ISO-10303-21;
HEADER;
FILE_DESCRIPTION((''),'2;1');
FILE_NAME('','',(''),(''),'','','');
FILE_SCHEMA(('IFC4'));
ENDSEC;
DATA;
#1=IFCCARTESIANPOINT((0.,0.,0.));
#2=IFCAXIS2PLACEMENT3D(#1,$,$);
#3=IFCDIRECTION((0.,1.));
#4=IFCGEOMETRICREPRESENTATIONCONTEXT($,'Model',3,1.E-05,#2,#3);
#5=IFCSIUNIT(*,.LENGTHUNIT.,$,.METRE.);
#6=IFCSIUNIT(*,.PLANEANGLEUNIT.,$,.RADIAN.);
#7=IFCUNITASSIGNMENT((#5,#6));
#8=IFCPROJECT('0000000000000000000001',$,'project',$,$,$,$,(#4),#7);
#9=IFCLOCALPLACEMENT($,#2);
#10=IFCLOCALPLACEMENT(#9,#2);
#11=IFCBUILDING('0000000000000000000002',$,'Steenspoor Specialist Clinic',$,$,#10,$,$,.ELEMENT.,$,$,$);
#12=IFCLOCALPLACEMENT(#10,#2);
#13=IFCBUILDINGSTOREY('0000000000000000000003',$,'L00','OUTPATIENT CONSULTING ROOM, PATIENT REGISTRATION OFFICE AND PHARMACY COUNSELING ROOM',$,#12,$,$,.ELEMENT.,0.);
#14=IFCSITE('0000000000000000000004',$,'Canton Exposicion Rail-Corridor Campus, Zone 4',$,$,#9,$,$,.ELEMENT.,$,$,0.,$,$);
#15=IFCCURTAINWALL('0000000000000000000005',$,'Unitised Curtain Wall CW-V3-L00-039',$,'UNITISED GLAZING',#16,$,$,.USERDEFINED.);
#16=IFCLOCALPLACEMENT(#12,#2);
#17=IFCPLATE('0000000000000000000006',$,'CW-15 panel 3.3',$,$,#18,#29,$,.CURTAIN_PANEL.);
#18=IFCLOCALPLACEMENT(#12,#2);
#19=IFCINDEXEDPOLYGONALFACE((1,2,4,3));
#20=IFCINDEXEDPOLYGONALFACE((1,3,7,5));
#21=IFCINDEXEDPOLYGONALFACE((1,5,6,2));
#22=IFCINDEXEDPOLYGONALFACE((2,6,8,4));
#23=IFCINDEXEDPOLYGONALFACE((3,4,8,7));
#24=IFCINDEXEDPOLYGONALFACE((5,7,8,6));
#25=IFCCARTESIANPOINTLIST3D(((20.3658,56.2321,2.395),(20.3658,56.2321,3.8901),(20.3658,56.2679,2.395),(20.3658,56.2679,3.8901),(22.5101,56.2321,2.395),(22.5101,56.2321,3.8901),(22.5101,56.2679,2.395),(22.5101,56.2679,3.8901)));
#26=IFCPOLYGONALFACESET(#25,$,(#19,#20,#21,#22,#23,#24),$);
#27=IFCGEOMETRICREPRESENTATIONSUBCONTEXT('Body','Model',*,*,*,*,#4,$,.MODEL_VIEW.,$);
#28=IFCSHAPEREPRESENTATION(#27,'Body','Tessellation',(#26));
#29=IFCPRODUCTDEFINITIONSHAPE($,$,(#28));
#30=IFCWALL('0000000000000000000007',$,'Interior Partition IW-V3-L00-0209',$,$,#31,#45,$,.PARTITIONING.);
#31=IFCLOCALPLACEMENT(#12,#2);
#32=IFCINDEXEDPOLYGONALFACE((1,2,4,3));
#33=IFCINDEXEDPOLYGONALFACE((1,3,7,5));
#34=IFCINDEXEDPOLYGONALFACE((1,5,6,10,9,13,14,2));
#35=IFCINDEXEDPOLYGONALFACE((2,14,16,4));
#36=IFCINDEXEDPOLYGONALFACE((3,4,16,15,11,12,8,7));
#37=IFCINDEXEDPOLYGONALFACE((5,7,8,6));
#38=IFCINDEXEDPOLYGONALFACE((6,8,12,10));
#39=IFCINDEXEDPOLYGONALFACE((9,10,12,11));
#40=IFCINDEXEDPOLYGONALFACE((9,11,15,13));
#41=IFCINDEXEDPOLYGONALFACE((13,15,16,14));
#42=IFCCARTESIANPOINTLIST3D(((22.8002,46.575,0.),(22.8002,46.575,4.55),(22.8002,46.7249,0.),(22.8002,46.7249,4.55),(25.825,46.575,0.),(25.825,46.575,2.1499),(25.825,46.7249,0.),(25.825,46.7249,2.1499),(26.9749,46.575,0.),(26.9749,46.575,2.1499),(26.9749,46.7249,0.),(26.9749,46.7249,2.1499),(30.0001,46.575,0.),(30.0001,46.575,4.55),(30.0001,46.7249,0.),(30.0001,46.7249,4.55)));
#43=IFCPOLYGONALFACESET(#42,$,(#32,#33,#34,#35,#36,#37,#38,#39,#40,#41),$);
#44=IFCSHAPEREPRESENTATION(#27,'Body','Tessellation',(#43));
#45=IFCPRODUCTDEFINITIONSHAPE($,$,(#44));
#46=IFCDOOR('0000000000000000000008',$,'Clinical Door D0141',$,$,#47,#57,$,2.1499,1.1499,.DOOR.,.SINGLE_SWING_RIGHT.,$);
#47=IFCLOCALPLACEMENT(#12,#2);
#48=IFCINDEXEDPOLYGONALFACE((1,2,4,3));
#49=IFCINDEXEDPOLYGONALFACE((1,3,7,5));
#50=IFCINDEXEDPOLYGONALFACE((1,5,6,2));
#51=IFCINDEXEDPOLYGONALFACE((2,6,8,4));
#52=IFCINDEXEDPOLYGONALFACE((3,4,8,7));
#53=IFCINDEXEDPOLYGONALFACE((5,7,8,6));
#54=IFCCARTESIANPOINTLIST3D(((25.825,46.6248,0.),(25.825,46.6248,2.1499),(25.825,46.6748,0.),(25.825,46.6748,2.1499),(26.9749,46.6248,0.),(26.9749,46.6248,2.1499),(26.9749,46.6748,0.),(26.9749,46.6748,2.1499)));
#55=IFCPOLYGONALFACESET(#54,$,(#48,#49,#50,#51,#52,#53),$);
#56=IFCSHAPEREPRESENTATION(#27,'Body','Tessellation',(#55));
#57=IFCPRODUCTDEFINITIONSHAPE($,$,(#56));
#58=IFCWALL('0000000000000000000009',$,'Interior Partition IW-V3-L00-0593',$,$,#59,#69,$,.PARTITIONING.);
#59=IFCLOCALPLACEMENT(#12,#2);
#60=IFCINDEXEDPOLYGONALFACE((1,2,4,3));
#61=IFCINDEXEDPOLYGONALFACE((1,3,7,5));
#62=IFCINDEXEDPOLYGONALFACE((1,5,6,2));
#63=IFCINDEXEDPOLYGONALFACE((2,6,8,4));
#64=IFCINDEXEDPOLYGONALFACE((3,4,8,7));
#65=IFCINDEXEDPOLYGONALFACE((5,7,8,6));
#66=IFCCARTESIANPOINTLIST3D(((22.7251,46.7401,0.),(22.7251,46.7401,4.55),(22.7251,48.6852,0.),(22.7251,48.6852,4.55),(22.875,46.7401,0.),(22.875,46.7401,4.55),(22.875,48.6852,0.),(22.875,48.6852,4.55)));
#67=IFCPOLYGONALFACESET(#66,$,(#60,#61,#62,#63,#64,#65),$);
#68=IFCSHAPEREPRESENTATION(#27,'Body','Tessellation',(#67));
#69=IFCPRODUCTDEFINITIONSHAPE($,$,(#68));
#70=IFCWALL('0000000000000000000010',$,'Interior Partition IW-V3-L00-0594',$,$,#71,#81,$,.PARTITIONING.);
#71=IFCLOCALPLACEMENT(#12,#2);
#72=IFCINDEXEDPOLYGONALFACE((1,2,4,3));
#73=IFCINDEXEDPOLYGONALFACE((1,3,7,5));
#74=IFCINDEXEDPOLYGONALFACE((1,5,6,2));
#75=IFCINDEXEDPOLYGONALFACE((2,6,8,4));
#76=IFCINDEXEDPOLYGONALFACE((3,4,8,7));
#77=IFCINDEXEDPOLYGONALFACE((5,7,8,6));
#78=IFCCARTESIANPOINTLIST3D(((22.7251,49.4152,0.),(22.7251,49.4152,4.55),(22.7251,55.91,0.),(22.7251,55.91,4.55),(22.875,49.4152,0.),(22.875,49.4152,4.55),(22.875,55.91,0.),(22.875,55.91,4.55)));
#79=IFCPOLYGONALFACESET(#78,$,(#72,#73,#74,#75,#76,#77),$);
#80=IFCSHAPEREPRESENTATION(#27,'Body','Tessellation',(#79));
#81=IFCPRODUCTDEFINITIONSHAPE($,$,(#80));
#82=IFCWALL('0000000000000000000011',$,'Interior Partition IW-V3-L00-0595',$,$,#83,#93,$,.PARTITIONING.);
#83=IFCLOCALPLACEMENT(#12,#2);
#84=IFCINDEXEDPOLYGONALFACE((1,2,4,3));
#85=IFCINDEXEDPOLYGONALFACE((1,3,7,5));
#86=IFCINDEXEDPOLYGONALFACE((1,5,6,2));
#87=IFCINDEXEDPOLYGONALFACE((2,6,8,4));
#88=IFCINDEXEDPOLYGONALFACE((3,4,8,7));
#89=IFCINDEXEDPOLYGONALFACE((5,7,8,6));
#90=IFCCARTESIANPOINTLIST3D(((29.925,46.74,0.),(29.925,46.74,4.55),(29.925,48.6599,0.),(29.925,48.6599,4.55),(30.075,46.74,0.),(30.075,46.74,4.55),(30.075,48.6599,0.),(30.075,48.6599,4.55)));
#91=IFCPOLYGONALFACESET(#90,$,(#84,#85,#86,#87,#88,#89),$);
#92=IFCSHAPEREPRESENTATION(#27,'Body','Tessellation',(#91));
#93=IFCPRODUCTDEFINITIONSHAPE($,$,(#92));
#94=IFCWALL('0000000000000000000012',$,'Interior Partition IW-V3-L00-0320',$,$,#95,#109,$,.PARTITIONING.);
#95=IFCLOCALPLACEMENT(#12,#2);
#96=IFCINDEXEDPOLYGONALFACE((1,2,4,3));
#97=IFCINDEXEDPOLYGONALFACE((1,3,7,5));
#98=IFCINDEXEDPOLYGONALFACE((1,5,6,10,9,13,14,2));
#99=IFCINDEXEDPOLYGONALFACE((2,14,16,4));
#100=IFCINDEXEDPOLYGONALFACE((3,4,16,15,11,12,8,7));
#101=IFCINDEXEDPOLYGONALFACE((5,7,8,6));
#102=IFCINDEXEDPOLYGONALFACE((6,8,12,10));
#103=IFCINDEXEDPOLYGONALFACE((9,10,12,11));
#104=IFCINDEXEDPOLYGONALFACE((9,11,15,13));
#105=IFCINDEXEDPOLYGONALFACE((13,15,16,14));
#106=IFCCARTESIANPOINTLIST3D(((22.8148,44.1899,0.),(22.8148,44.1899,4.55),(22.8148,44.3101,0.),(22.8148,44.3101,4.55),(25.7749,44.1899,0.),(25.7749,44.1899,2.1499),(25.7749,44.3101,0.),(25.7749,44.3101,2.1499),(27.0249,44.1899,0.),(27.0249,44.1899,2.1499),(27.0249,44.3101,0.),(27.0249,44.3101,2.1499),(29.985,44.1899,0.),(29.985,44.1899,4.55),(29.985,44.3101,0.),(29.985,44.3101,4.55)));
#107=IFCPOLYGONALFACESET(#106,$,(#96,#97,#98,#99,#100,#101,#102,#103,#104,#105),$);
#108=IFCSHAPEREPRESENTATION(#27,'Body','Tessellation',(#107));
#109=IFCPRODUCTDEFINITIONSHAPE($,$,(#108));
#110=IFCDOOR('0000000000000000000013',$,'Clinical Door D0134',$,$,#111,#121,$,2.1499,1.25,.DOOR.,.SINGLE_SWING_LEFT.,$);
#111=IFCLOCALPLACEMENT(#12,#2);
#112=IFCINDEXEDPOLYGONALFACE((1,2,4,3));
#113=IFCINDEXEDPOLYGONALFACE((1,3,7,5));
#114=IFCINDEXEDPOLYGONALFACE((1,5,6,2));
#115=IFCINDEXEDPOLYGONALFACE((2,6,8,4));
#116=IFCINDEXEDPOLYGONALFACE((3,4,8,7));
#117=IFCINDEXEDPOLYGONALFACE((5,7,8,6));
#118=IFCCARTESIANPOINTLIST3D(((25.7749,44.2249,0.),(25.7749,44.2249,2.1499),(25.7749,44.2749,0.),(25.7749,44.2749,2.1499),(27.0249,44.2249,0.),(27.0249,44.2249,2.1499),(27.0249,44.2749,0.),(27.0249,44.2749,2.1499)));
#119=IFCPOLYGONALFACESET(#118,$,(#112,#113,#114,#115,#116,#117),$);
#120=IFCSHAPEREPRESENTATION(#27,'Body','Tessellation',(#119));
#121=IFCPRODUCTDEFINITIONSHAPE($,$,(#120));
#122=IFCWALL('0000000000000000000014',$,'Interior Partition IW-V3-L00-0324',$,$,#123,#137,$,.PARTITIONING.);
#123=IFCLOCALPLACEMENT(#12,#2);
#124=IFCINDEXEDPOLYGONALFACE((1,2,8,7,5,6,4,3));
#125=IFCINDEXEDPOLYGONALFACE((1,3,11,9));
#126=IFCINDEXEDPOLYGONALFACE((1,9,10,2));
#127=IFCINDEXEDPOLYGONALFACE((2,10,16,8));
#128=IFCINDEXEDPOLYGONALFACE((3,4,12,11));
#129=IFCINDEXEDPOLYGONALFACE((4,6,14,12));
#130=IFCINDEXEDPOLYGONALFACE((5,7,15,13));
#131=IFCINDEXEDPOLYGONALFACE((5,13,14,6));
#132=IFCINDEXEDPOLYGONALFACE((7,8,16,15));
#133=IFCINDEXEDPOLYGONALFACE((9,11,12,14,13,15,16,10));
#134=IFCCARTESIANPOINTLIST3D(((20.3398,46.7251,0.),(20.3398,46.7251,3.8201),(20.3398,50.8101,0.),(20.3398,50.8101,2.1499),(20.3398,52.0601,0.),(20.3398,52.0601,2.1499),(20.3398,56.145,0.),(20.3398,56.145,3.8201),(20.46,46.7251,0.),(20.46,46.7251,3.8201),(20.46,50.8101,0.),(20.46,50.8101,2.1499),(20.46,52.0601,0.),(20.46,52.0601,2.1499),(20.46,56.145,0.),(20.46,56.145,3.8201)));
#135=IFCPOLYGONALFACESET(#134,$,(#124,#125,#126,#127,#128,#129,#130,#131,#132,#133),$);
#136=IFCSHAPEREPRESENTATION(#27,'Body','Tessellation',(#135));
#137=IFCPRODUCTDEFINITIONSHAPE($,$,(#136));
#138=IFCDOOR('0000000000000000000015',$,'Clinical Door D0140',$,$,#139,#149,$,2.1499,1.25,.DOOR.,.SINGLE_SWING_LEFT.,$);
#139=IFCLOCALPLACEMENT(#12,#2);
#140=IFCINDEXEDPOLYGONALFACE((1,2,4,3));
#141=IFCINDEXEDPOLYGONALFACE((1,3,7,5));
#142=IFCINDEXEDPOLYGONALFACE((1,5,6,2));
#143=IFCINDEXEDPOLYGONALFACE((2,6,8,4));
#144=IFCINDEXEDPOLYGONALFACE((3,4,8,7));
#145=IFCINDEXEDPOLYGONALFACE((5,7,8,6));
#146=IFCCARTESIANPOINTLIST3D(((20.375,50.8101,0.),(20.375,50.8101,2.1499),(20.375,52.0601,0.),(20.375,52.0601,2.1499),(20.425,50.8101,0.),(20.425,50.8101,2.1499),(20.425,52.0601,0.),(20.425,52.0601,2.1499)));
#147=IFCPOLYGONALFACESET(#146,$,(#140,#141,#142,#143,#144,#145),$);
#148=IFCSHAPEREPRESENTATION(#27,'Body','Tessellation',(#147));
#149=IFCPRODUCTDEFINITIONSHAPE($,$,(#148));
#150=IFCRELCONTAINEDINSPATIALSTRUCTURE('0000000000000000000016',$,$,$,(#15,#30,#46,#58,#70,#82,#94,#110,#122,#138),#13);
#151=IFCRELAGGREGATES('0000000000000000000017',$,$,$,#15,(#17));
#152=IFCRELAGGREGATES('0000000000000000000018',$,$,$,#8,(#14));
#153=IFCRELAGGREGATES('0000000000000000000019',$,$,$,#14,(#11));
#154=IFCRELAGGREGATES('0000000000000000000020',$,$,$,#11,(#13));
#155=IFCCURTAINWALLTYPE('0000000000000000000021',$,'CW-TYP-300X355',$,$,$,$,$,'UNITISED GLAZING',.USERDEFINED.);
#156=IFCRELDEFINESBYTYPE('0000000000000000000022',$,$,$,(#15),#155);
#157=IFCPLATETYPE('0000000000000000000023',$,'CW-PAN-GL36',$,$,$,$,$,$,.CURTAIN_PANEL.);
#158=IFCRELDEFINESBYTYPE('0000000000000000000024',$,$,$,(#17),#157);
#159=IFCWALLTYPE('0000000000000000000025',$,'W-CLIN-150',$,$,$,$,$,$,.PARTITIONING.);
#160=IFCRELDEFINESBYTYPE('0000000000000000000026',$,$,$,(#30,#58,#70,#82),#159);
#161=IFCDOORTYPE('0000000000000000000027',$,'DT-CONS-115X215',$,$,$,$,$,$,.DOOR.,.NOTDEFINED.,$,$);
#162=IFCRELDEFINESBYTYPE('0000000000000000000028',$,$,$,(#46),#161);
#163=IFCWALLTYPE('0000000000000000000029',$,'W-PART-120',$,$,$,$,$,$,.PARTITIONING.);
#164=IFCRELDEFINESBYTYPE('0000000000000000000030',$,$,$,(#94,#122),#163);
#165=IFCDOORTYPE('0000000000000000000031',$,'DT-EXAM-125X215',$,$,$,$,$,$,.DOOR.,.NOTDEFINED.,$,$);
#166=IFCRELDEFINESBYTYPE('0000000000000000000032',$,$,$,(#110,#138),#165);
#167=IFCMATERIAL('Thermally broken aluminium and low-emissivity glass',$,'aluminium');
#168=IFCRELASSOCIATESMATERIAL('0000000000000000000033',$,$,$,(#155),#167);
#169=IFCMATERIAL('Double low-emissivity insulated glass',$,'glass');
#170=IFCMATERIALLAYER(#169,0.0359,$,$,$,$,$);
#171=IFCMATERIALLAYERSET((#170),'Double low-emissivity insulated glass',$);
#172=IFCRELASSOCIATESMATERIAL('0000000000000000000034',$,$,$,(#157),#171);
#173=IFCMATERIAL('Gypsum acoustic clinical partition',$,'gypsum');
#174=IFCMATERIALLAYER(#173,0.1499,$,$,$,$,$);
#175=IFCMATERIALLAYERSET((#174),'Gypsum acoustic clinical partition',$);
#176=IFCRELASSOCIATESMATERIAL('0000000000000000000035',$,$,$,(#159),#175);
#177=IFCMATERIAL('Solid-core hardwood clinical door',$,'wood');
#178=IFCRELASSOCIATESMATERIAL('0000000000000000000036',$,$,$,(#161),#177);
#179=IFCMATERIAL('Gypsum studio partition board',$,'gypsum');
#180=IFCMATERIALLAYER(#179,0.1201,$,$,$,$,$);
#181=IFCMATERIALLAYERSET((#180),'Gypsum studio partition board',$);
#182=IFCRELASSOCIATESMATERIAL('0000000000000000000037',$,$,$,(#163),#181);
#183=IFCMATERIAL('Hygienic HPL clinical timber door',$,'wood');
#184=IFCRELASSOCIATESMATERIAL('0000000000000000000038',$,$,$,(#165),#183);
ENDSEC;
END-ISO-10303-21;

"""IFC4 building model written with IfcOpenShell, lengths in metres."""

from ifc_helpers import new_model, si_unit, direction, frame, frame_2d, origin, origin_2d, place, context, subcontext, project, spatial, rectangle, extrude, material, layer, layer_set, type_object, element, fill, aggregate, save


model = new_model("IFC4")

# Units and contexts
model_context = context("Model", 3, precision=1e-05, world=origin(), true_north=direction((0.0, 1.0)))
body_context = subcontext(model_context, "Body", "Model", "MODEL_VIEW")
ifc_project = project(units=[si_unit("LENGTHUNIT", "METRE"), si_unit("PLANEANGLEUNIT", "RADIAN")], contexts=[model_context])

# Site, building, storey
site_placement = place(None, origin())
site = spatial("IfcSite", under=ifc_project, at=site_placement, Name="Canton Exposicion Rail-Corridor Campus, Zone 4", CompositionType="ELEMENT", RefElevation=0.0)
building_placement = place(site_placement, origin())
building = spatial("IfcBuilding", under=site, at=building_placement, Name="Steenspoor Specialist Clinic", CompositionType="ELEMENT")
storey_placement = place(building_placement, origin())
storey = spatial("IfcBuildingStorey", under=building, at=storey_placement, Name="L00", Description="OUTPATIENT CONSULTING ROOM, PATIENT REGISTRATION OFFICE AND PHARMACY COUNSELING ROOM", CompositionType="ELEMENT", Elevation=0.0)

# Curtain wall, plate
ifc_material_1 = material(Name="Thermally broken aluminium and low-emissivity glass", Category="aluminium")
curtain_wall_type = type_object("IfcCurtainWallType", Name="CW-TYP-300X355", ElementType="UNITISED GLAZING", PredefinedType="USERDEFINED", material=ifc_material_1)
curtain_wall_placement = place(storey_placement, origin())
curtain_wall = element("IfcCurtainWall", 1, at=curtain_wall_placement, inside=storey, type_object=curtain_wall_type, Name="Unitised Curtain Wall CW-V3-L00-039", ObjectType="UNITISED GLAZING", PredefinedType="USERDEFINED")
ifc_material_2 = material(Name="Double low-emissivity insulated glass", Category="glass")
ifc_layer_1 = layer(ifc_material_2, 0.0359)
ifc_layer_set_1 = layer_set([ifc_layer_1], Name="Double low-emissivity insulated glass")
plate_type = type_object("IfcPlateType", Name="CW-PAN-GL36", PredefinedType="CURTAIN_PANEL", material=ifc_layer_set_1)
plate_1_placement = place(storey_placement, frame((21.438, 56.25, 2.395), z_axis=(0.0, 0.0, 1.0), x_axis=(1.0, 0.0, 0.0)))
plate_1 = element("IfcPlate", 2, at=plate_1_placement, type_object=plate_type, Name="CW-15 panel 3.3", PredefinedType="CURTAIN_PANEL", context=body_context, shape_type="SweptSolid", body=[
    extrude(rectangle(XDim=2.1443, YDim=0.0359, at=origin_2d()), origin(), (0.0, 0.0, 1.0), 1.4951),
])
aggregate(curtain_wall, [plate_1])

# Wall, opening, door
ifc_material_3 = material(Name="Gypsum acoustic clinical partition", Category="gypsum")
ifc_layer_2 = layer(ifc_material_3, 0.1499)
ifc_layer_set_2 = layer_set([ifc_layer_2], Name="Gypsum acoustic clinical partition")
wall_type_1 = type_object("IfcWallType", Name="W-CLIN-150", PredefinedType="PARTITIONING", material=ifc_layer_set_2)
ifc_material_4 = material(Name="Solid-core hardwood clinical door", Category="wood")
door_type_1 = type_object("IfcDoorType", Name="DT-CONS-115X215", OperationType="NOTDEFINED", PredefinedType="DOOR", material=ifc_material_4)
wall_1_placement = place(storey_placement, frame((22.8, 46.6499, 0.0), z_axis=(0.0, 0.0, 1.0), x_axis=(1.0, 0.0, 0.0)))
wall_1 = element("IfcWall", 3, at=wall_1_placement, inside=storey, type_object=wall_type_1, Name="Interior Partition IW-V3-L00-0209", PredefinedType="PARTITIONING", context=body_context, shape_type="SweptSolid", body=[
    extrude(rectangle(XDim=7.2, YDim=0.1499, at=frame_2d((3.6001, 0.0))), origin(), (0.0, 0.0, 1.0), 4.55),
])
opening_1_placement = place(wall_1_placement, frame((3.0249, 0.0, 0.0)))
opening_1 = element("IfcOpeningElement", 4, at=opening_1_placement, cuts=wall_1, PredefinedType="OPENING", context=body_context, shape_type="SweptSolid", body=[
    extrude(rectangle(XDim=1.1499, YDim=2.1499, at=frame_2d((0.575, 1.075))), frame((0.0, 0.085, 0.0), z_axis=(0.0, -1.0, 0.0), x_axis=(1.0, 0.0, 0.0)), (0.0, 0.0, 1.0), 0.1699),
])
door_1_placement = place(opening_1_placement, origin())
door_1 = element("IfcDoor", 5, at=door_1_placement, inside=storey, type_object=door_type_1, Name="Clinical Door D0141", OperationType="SINGLE_SWING_RIGHT", OverallHeight=2.1499, OverallWidth=1.1499, PredefinedType="DOOR", context=body_context, shape_type="SweptSolid", body=[
    extrude(rectangle(XDim=1.1499, YDim=2.1499, at=frame_2d((0.575, 1.075))), frame((0.0, 0.0249, 0.0), z_axis=(0.0, -1.0, 0.0), x_axis=(1.0, 0.0, 0.0)), (0.0, 0.0, 1.0), 0.05),
])
fill(opening_1, door_1)

# Walls
wall_2_placement = place(storey_placement, frame((22.8, 46.74, 0.0), z_axis=(0.0, 0.0, 1.0), x_axis=(0.0, 1.0, 0.0)))
element("IfcWall", 6, at=wall_2_placement, inside=storey, type_object=wall_type_1, Name="Interior Partition IW-V3-L00-0593", PredefinedType="PARTITIONING", context=body_context, shape_type="SweptSolid", body=[
    extrude(rectangle(XDim=1.9451, YDim=0.1499, at=frame_2d((0.9727, 0.0))), origin(), (0.0, 0.0, 1.0), 4.55),
])
wall_3_placement = place(storey_placement, frame((22.8, 49.415, 0.0), z_axis=(0.0, 0.0, 1.0), x_axis=(0.0, 1.0, 0.0)))
element("IfcWall", 7, at=wall_3_placement, inside=storey, type_object=wall_type_1, Name="Interior Partition IW-V3-L00-0594", PredefinedType="PARTITIONING", context=body_context, shape_type="SweptSolid", body=[
    extrude(rectangle(XDim=6.4949, YDim=0.1499, at=frame_2d((3.2476, 0.0))), origin(), (0.0, 0.0, 1.0), 4.55),
])
wall_4_placement = place(storey_placement, frame((30.0, 46.74, 0.0), z_axis=(0.0, 0.0, 1.0), x_axis=(0.0, 1.0, 0.0)))
element("IfcWall", 8, at=wall_4_placement, inside=storey, type_object=wall_type_1, Name="Interior Partition IW-V3-L00-0595", PredefinedType="PARTITIONING", context=body_context, shape_type="SweptSolid", body=[
    extrude(rectangle(XDim=1.9199, YDim=0.1499, at=frame_2d((0.96, 0.0))), origin(), (0.0, 0.0, 1.0), 4.55),
])

# Walls, openings, doors
ifc_material_5 = material(Name="Gypsum studio partition board", Category="gypsum")
ifc_layer_3 = layer(ifc_material_5, 0.1201)
ifc_layer_set_3 = layer_set([ifc_layer_3], Name="Gypsum studio partition board")
wall_type_2 = type_object("IfcWallType", Name="W-PART-120", PredefinedType="PARTITIONING", material=ifc_layer_set_3)
wall_5_placement = place(storey_placement, frame((22.8149, 44.25, 0.0), z_axis=(0.0, 0.0, 1.0), x_axis=(1.0, 0.0, 0.0)))
wall_5 = element("IfcWall", 9, at=wall_5_placement, inside=storey, type_object=wall_type_2, Name="Interior Partition IW-V3-L00-0320", PredefinedType="PARTITIONING", context=body_context, shape_type="SweptSolid", body=[
    extrude(rectangle(XDim=7.1702, YDim=0.1201, at=frame_2d((3.585, 0.0))), origin(), (0.0, 0.0, 1.0), 4.55),
])
opening_2_placement = place(wall_5_placement, frame((2.96, 0.0, 0.0)))
opening_2 = element("IfcOpeningElement", 10, at=opening_2_placement, cuts=wall_5, PredefinedType="OPENING", context=body_context, shape_type="SweptSolid", body=[
    extrude(rectangle(XDim=1.25, YDim=2.1499, at=frame_2d((0.625, 1.075))), frame((0.0, 0.0701, 0.0), z_axis=(0.0, -1.0, 0.0), x_axis=(1.0, 0.0, 0.0)), (0.0, 0.0, 1.0), 0.1401),
])
ifc_material_6 = material(Name="Hygienic HPL clinical timber door", Category="wood")
door_type_2 = type_object("IfcDoorType", Name="DT-EXAM-125X215", OperationType="NOTDEFINED", PredefinedType="DOOR", material=ifc_material_6)
door_2_placement = place(opening_2_placement, origin())
door_2 = element("IfcDoor", 11, at=door_2_placement, inside=storey, type_object=door_type_2, Name="Clinical Door D0134", OperationType="SINGLE_SWING_LEFT", OverallHeight=2.1499, OverallWidth=1.25, PredefinedType="DOOR", context=body_context, shape_type="SweptSolid", body=[
    extrude(rectangle(XDim=1.25, YDim=2.1499, at=frame_2d((0.625, 1.075))), frame((0.0, 0.0249, 0.0), z_axis=(0.0, -1.0, 0.0), x_axis=(1.0, 0.0, 0.0)), (0.0, 0.0, 1.0), 0.05),
])
fill(opening_2, door_2)
wall_6_placement = place(storey_placement, frame((20.3999, 46.7251, 0.0), z_axis=(0.0, 0.0, 1.0), x_axis=(0.0, 1.0, 0.0)))
wall_6 = element("IfcWall", 12, at=wall_6_placement, inside=storey, type_object=wall_type_2, Name="Interior Partition IW-V3-L00-0324", PredefinedType="PARTITIONING", context=body_context, shape_type="SweptSolid", body=[
    extrude(rectangle(XDim=9.4199, YDim=0.1201, at=frame_2d((4.71, 0.0))), origin(), (0.0, 0.0, 1.0), 3.8201),
])
opening_3_placement = place(wall_6_placement, frame((4.085, 0.0, 0.0)))
opening_3 = element("IfcOpeningElement", 13, at=opening_3_placement, cuts=wall_6, PredefinedType="OPENING", context=body_context, shape_type="SweptSolid", body=[
    extrude(rectangle(XDim=1.25, YDim=2.1499, at=frame_2d((0.625, 1.075))), frame((0.0, 0.0701, 0.0), z_axis=(0.0, -1.0, 0.0), x_axis=(1.0, 0.0, 0.0)), (0.0, 0.0, 1.0), 0.1401),
])
door_3_placement = place(opening_3_placement, origin())
door_3 = element("IfcDoor", 14, at=door_3_placement, inside=storey, type_object=door_type_2, Name="Clinical Door D0140", OperationType="SINGLE_SWING_LEFT", OverallHeight=2.1499, OverallWidth=1.25, PredefinedType="DOOR", context=body_context, shape_type="SweptSolid", body=[
    extrude(rectangle(XDim=1.25, YDim=2.1499, at=frame_2d((0.625, 1.075))), frame((0.0, 0.0249, 0.0), z_axis=(0.0, -1.0, 0.0), x_axis=(1.0, 0.0, 0.0)), (0.0, 0.0, 1.0), 0.05),
])
fill(opening_3, door_3)

save(model, "model.ifc")
